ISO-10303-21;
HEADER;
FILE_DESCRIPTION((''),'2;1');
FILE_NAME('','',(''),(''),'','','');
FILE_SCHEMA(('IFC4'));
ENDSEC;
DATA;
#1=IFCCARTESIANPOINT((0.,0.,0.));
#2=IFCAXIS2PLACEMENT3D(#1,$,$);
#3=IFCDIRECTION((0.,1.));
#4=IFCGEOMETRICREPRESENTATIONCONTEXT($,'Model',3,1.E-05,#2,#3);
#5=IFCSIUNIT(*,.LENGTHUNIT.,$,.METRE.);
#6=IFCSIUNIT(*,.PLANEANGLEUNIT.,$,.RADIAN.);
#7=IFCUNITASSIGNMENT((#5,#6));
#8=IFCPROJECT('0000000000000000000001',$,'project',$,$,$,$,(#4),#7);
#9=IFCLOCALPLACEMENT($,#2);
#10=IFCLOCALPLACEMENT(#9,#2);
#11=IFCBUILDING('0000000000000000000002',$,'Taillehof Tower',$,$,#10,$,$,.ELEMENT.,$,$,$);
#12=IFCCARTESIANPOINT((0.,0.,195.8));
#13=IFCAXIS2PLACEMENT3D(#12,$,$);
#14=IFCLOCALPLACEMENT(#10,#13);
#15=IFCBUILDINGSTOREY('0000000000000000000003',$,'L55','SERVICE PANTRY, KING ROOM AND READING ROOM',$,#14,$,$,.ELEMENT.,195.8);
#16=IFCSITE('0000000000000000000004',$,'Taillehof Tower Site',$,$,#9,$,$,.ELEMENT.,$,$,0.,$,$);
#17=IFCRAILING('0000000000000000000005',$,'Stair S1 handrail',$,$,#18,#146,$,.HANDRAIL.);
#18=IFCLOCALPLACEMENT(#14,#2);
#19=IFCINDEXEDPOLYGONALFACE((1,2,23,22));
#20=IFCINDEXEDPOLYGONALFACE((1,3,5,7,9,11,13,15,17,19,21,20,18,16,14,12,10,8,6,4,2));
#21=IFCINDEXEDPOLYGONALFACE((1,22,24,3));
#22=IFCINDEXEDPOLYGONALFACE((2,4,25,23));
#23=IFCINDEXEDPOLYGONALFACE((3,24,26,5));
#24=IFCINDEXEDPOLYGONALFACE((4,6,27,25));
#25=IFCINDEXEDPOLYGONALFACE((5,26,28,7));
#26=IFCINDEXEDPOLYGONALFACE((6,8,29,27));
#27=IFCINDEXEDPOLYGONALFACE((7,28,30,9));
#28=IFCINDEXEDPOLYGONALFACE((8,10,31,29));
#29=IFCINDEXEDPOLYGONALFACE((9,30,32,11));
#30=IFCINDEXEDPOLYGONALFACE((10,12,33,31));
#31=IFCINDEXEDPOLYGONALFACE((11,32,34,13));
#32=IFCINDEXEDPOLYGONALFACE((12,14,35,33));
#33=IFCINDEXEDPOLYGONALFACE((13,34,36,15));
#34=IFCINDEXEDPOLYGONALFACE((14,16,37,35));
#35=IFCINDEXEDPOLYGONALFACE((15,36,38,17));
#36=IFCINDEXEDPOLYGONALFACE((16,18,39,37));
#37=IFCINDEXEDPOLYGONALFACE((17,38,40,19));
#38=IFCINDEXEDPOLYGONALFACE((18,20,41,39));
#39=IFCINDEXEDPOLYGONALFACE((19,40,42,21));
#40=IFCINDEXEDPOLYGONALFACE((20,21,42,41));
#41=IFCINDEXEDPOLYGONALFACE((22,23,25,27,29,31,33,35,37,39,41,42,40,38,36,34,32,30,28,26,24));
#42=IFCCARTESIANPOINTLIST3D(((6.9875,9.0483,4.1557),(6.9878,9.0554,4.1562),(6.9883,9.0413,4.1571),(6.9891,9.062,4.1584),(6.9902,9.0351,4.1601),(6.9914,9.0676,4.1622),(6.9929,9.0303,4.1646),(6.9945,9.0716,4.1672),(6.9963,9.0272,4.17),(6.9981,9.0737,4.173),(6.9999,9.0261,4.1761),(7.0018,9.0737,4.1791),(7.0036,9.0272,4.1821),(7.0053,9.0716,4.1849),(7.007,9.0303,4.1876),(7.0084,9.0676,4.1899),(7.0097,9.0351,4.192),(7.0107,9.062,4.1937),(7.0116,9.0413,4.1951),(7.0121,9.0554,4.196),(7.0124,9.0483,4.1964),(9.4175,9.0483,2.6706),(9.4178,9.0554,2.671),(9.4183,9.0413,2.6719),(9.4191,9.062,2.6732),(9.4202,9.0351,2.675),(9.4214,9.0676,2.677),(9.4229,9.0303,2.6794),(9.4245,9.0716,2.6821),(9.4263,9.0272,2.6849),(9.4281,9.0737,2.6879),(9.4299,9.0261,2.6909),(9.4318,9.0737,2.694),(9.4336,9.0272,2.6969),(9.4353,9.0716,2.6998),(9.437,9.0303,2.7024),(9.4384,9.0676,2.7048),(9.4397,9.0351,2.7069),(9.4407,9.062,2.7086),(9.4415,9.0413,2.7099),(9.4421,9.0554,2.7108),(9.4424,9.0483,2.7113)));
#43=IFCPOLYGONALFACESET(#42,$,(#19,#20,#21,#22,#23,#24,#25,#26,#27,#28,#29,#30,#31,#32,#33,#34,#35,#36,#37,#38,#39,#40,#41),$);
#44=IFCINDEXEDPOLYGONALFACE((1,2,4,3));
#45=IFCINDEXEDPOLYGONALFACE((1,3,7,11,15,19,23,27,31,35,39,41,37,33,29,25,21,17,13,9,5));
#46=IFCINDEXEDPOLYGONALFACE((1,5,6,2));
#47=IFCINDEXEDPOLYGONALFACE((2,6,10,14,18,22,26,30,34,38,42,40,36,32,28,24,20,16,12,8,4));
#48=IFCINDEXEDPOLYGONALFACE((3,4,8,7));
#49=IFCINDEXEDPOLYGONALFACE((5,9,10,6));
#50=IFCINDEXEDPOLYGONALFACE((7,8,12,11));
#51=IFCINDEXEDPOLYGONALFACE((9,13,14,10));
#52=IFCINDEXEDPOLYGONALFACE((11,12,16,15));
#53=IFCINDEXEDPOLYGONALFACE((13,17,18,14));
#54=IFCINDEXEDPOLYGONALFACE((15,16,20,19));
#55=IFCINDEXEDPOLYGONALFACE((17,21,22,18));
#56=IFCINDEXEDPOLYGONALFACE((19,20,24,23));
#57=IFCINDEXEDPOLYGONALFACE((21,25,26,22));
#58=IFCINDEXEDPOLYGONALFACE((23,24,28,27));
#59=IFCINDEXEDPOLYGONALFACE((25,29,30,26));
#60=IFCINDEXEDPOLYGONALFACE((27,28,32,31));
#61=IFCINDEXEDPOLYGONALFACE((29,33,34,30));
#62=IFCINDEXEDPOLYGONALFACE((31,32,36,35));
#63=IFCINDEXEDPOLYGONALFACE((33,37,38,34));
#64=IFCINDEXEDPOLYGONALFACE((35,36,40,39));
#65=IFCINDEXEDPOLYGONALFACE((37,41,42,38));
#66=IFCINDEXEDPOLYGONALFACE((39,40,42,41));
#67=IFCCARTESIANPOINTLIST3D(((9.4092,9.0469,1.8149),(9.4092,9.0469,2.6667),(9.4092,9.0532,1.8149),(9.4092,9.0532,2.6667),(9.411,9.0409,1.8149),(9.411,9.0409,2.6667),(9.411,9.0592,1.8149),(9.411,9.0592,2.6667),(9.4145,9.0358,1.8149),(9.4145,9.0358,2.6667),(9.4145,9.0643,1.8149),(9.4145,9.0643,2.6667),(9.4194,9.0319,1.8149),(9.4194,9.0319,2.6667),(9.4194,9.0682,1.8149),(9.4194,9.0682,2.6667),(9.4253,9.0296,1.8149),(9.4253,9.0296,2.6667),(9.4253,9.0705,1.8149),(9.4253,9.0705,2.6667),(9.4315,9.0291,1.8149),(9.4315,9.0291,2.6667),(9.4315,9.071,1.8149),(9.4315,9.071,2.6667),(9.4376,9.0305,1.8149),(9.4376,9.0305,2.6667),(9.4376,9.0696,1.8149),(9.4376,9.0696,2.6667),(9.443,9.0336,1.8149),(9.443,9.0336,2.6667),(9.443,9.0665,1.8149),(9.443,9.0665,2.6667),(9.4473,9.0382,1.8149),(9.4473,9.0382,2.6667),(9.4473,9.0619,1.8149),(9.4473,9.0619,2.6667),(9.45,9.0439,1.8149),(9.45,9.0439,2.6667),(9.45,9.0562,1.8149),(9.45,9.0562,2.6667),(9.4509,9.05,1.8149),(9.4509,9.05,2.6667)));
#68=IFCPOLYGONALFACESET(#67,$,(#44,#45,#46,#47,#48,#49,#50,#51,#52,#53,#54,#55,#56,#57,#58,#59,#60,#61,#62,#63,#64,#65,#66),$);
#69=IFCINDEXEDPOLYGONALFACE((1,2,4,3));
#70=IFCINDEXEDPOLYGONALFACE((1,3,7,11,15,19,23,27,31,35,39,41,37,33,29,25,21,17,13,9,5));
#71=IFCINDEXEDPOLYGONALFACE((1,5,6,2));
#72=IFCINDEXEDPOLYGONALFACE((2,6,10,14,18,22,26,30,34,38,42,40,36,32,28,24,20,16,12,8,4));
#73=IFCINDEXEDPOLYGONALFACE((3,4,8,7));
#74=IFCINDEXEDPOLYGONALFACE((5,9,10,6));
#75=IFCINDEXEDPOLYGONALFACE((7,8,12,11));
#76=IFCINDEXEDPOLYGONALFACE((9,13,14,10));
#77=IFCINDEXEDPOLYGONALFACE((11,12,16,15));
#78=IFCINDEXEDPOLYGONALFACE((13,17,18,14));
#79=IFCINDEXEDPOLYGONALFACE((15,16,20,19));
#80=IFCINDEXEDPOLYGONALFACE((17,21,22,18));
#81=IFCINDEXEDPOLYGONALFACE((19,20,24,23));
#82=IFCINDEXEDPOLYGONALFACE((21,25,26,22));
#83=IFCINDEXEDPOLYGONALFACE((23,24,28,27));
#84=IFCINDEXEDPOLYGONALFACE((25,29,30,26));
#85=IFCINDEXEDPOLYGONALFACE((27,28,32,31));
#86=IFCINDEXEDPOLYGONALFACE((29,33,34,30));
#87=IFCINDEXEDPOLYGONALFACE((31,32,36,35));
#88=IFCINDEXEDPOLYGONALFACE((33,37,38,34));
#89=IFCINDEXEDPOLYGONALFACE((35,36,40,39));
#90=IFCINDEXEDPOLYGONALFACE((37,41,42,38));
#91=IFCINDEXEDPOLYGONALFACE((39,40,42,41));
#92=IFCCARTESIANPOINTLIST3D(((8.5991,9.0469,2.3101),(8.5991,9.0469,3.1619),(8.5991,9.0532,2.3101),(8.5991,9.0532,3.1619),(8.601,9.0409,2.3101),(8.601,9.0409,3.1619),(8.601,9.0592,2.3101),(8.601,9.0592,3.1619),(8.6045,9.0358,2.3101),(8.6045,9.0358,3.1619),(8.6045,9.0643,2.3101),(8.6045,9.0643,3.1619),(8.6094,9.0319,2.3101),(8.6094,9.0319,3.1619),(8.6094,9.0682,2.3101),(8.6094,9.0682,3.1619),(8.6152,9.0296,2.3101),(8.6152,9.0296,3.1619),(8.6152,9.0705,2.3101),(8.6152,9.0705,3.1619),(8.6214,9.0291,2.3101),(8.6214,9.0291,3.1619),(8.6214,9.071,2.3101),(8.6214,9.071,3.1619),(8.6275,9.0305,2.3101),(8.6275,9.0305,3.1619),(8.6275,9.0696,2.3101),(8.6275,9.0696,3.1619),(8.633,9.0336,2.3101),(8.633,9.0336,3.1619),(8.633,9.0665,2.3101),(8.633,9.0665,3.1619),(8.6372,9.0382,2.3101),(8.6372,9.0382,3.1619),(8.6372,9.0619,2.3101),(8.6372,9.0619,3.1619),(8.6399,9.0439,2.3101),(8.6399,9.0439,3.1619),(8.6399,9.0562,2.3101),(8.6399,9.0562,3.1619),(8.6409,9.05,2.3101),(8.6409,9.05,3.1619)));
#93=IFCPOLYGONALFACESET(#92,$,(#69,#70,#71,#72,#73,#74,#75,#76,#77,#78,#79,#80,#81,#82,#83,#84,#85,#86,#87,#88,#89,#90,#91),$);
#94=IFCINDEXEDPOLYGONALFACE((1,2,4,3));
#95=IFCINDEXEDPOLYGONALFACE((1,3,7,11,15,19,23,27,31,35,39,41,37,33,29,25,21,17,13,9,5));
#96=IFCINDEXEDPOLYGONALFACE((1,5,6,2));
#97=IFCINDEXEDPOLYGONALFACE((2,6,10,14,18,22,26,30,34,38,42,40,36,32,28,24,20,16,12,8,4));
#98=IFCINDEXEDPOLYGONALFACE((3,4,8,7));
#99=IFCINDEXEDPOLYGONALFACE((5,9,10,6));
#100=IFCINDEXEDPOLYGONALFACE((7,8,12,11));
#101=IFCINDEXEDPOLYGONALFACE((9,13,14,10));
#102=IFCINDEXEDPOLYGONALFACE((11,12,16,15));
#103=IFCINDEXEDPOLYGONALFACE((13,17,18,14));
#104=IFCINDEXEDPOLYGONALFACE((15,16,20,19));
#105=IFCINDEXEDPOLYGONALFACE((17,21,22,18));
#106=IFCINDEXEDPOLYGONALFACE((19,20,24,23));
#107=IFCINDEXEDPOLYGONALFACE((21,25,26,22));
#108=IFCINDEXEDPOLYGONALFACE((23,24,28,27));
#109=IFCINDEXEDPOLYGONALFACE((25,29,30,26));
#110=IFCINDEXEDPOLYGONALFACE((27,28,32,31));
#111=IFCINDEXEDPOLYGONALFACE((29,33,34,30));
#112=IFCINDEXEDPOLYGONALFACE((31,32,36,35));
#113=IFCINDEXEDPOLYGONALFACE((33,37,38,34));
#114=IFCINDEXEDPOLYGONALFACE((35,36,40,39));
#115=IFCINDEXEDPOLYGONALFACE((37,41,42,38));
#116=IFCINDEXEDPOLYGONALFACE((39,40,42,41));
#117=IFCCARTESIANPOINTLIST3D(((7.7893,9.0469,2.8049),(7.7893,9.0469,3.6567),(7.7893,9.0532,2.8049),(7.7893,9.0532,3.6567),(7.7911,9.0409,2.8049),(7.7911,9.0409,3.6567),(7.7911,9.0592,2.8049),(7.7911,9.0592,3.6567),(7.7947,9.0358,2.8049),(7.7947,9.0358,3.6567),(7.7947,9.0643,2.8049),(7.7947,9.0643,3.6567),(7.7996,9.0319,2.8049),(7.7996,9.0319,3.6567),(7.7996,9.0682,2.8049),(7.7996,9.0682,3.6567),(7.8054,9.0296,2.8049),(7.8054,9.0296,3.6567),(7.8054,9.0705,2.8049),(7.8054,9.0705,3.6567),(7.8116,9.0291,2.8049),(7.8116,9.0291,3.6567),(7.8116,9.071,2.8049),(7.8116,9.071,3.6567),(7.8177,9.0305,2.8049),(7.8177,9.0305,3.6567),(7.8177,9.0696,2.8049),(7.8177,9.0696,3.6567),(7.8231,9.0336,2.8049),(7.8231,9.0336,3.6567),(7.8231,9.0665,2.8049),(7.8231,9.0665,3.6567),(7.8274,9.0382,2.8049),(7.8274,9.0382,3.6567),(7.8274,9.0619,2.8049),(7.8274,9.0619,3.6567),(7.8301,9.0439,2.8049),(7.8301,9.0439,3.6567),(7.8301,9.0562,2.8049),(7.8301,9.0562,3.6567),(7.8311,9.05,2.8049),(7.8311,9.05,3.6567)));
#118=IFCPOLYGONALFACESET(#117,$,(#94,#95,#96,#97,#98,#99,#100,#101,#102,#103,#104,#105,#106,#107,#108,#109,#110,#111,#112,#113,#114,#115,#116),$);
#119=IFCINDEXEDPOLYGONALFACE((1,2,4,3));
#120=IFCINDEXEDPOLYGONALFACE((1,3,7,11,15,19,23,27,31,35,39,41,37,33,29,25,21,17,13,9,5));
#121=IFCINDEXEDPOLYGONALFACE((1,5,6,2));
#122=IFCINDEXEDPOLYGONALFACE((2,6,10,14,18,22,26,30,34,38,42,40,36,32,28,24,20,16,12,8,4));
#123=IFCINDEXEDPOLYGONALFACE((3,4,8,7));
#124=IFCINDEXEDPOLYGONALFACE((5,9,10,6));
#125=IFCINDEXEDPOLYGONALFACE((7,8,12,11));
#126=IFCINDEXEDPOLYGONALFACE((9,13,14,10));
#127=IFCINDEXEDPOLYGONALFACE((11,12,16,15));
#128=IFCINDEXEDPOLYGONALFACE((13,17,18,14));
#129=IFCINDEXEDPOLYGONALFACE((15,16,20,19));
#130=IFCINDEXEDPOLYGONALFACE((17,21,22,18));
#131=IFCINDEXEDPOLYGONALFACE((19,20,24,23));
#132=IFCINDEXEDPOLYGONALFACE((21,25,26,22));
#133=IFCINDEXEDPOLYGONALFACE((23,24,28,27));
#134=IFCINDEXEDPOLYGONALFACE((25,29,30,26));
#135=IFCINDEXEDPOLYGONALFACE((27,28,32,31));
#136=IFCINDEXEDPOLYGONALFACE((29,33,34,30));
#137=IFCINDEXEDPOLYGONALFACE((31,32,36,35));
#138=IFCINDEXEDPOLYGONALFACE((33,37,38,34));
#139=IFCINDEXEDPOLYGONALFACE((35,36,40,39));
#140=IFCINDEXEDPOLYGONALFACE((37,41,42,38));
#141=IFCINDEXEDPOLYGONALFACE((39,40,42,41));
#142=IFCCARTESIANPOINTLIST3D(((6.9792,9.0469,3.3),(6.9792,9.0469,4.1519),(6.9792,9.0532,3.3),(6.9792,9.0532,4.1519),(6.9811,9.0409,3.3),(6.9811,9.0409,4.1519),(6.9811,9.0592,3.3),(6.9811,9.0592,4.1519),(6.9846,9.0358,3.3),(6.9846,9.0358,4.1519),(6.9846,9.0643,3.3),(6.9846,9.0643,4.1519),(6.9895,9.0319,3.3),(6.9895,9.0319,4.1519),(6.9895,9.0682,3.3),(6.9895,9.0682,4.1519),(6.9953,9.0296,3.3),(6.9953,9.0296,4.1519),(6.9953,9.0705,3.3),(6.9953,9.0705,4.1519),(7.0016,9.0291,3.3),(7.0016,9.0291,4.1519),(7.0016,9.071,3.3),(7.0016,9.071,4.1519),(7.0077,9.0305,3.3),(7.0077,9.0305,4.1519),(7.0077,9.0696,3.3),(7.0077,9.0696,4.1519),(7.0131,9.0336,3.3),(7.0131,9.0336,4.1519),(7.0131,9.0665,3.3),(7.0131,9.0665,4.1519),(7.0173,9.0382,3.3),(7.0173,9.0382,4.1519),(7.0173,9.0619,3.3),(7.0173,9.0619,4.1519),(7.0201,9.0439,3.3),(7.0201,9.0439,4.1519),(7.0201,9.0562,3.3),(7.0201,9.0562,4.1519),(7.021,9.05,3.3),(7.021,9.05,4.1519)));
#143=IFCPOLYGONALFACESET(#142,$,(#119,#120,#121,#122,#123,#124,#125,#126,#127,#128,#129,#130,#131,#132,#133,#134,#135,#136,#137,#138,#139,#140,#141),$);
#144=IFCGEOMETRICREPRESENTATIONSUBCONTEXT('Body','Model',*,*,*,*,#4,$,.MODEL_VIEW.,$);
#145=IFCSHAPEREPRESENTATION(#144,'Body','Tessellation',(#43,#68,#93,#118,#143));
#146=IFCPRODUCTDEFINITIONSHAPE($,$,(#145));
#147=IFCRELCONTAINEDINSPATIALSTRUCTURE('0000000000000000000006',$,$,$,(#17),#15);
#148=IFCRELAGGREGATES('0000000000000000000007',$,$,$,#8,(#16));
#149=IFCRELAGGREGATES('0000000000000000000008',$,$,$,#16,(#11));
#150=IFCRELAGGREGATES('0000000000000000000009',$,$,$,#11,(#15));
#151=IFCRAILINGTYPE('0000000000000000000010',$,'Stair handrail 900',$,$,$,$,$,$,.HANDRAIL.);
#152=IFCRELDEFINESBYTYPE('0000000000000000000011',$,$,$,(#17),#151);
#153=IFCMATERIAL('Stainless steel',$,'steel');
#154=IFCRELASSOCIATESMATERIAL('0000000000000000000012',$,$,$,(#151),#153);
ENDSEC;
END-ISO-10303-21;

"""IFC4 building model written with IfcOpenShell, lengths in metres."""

from ifc_helpers import new_model, si_unit, direction, frame, origin, origin_2d, place, context, subcontext, project, spatial, circle, extrude, material, type_object, element, save


model = new_model("IFC4")

# Units and contexts
model_context = context("Model", 3, precision=1e-05, world=origin(), true_north=direction((0.0, 1.0)))
body_context = subcontext(model_context, "Body", "Model", "MODEL_VIEW")
ifc_project = project(units=[si_unit("LENGTHUNIT", "METRE"), si_unit("PLANEANGLEUNIT", "RADIAN")], contexts=[model_context])

# Site, building, storey
site_placement = place(None, origin())
site = spatial("IfcSite", under=ifc_project, at=site_placement, Name="Taillehof Tower Site", CompositionType="ELEMENT", RefElevation=0.0)
building_placement = place(site_placement, origin())
building = spatial("IfcBuilding", under=site, at=building_placement, Name="Taillehof Tower", CompositionType="ELEMENT")
storey_placement = place(building_placement, frame((0.0, 0.0, 195.8)))
storey = spatial("IfcBuildingStorey", under=building, at=storey_placement, Name="L55", Description="SERVICE PANTRY, KING ROOM AND READING ROOM", CompositionType="ELEMENT", Elevation=195.8)

# Railing
ifc_material_1 = material(Name="Stainless steel", Category="steel")
railing_type = type_object("IfcRailingType", Name="Stair handrail 900", PredefinedType="HANDRAIL", material=ifc_material_1)
railing_1_placement = place(storey_placement, frame((9.4299, 9.05, 1.8149)))
element("IfcRailing", 1, at=railing_1_placement, inside=storey, type_object=railing_type, Name="Stair S1 handrail", PredefinedType="HANDRAIL", context=body_context, shape_type="SweptSolid", body=[
    extrude(circle(Radius=0.0239, at=origin_2d()), frame((0.0, 0.0, 0.876), z_axis=(-0.853259, 0.0, 0.521488), x_axis=(0.0, -1.0, 0.0)), (0.0, 0.0, 1.0), 2.8479),
    extrude(circle(Radius=0.021, at=origin_2d()), origin(), (0.0, 0.0, 1.0), 0.8518),
    extrude(circle(Radius=0.021, at=origin_2d()), frame((-0.8101, 0.0, 0.4951)), (0.0, 0.0, 1.0), 0.8518),
    extrude(circle(Radius=0.021, at=origin_2d()), frame((-1.6199, 0.0, 0.99)), (0.0, 0.0, 1.0), 0.8518),
    extrude(circle(Radius=0.021, at=origin_2d()), frame((-2.4299, 0.0, 1.4851)), (0.0, 0.0, 1.0), 0.8518),
])

save(model, "model.ifc")
